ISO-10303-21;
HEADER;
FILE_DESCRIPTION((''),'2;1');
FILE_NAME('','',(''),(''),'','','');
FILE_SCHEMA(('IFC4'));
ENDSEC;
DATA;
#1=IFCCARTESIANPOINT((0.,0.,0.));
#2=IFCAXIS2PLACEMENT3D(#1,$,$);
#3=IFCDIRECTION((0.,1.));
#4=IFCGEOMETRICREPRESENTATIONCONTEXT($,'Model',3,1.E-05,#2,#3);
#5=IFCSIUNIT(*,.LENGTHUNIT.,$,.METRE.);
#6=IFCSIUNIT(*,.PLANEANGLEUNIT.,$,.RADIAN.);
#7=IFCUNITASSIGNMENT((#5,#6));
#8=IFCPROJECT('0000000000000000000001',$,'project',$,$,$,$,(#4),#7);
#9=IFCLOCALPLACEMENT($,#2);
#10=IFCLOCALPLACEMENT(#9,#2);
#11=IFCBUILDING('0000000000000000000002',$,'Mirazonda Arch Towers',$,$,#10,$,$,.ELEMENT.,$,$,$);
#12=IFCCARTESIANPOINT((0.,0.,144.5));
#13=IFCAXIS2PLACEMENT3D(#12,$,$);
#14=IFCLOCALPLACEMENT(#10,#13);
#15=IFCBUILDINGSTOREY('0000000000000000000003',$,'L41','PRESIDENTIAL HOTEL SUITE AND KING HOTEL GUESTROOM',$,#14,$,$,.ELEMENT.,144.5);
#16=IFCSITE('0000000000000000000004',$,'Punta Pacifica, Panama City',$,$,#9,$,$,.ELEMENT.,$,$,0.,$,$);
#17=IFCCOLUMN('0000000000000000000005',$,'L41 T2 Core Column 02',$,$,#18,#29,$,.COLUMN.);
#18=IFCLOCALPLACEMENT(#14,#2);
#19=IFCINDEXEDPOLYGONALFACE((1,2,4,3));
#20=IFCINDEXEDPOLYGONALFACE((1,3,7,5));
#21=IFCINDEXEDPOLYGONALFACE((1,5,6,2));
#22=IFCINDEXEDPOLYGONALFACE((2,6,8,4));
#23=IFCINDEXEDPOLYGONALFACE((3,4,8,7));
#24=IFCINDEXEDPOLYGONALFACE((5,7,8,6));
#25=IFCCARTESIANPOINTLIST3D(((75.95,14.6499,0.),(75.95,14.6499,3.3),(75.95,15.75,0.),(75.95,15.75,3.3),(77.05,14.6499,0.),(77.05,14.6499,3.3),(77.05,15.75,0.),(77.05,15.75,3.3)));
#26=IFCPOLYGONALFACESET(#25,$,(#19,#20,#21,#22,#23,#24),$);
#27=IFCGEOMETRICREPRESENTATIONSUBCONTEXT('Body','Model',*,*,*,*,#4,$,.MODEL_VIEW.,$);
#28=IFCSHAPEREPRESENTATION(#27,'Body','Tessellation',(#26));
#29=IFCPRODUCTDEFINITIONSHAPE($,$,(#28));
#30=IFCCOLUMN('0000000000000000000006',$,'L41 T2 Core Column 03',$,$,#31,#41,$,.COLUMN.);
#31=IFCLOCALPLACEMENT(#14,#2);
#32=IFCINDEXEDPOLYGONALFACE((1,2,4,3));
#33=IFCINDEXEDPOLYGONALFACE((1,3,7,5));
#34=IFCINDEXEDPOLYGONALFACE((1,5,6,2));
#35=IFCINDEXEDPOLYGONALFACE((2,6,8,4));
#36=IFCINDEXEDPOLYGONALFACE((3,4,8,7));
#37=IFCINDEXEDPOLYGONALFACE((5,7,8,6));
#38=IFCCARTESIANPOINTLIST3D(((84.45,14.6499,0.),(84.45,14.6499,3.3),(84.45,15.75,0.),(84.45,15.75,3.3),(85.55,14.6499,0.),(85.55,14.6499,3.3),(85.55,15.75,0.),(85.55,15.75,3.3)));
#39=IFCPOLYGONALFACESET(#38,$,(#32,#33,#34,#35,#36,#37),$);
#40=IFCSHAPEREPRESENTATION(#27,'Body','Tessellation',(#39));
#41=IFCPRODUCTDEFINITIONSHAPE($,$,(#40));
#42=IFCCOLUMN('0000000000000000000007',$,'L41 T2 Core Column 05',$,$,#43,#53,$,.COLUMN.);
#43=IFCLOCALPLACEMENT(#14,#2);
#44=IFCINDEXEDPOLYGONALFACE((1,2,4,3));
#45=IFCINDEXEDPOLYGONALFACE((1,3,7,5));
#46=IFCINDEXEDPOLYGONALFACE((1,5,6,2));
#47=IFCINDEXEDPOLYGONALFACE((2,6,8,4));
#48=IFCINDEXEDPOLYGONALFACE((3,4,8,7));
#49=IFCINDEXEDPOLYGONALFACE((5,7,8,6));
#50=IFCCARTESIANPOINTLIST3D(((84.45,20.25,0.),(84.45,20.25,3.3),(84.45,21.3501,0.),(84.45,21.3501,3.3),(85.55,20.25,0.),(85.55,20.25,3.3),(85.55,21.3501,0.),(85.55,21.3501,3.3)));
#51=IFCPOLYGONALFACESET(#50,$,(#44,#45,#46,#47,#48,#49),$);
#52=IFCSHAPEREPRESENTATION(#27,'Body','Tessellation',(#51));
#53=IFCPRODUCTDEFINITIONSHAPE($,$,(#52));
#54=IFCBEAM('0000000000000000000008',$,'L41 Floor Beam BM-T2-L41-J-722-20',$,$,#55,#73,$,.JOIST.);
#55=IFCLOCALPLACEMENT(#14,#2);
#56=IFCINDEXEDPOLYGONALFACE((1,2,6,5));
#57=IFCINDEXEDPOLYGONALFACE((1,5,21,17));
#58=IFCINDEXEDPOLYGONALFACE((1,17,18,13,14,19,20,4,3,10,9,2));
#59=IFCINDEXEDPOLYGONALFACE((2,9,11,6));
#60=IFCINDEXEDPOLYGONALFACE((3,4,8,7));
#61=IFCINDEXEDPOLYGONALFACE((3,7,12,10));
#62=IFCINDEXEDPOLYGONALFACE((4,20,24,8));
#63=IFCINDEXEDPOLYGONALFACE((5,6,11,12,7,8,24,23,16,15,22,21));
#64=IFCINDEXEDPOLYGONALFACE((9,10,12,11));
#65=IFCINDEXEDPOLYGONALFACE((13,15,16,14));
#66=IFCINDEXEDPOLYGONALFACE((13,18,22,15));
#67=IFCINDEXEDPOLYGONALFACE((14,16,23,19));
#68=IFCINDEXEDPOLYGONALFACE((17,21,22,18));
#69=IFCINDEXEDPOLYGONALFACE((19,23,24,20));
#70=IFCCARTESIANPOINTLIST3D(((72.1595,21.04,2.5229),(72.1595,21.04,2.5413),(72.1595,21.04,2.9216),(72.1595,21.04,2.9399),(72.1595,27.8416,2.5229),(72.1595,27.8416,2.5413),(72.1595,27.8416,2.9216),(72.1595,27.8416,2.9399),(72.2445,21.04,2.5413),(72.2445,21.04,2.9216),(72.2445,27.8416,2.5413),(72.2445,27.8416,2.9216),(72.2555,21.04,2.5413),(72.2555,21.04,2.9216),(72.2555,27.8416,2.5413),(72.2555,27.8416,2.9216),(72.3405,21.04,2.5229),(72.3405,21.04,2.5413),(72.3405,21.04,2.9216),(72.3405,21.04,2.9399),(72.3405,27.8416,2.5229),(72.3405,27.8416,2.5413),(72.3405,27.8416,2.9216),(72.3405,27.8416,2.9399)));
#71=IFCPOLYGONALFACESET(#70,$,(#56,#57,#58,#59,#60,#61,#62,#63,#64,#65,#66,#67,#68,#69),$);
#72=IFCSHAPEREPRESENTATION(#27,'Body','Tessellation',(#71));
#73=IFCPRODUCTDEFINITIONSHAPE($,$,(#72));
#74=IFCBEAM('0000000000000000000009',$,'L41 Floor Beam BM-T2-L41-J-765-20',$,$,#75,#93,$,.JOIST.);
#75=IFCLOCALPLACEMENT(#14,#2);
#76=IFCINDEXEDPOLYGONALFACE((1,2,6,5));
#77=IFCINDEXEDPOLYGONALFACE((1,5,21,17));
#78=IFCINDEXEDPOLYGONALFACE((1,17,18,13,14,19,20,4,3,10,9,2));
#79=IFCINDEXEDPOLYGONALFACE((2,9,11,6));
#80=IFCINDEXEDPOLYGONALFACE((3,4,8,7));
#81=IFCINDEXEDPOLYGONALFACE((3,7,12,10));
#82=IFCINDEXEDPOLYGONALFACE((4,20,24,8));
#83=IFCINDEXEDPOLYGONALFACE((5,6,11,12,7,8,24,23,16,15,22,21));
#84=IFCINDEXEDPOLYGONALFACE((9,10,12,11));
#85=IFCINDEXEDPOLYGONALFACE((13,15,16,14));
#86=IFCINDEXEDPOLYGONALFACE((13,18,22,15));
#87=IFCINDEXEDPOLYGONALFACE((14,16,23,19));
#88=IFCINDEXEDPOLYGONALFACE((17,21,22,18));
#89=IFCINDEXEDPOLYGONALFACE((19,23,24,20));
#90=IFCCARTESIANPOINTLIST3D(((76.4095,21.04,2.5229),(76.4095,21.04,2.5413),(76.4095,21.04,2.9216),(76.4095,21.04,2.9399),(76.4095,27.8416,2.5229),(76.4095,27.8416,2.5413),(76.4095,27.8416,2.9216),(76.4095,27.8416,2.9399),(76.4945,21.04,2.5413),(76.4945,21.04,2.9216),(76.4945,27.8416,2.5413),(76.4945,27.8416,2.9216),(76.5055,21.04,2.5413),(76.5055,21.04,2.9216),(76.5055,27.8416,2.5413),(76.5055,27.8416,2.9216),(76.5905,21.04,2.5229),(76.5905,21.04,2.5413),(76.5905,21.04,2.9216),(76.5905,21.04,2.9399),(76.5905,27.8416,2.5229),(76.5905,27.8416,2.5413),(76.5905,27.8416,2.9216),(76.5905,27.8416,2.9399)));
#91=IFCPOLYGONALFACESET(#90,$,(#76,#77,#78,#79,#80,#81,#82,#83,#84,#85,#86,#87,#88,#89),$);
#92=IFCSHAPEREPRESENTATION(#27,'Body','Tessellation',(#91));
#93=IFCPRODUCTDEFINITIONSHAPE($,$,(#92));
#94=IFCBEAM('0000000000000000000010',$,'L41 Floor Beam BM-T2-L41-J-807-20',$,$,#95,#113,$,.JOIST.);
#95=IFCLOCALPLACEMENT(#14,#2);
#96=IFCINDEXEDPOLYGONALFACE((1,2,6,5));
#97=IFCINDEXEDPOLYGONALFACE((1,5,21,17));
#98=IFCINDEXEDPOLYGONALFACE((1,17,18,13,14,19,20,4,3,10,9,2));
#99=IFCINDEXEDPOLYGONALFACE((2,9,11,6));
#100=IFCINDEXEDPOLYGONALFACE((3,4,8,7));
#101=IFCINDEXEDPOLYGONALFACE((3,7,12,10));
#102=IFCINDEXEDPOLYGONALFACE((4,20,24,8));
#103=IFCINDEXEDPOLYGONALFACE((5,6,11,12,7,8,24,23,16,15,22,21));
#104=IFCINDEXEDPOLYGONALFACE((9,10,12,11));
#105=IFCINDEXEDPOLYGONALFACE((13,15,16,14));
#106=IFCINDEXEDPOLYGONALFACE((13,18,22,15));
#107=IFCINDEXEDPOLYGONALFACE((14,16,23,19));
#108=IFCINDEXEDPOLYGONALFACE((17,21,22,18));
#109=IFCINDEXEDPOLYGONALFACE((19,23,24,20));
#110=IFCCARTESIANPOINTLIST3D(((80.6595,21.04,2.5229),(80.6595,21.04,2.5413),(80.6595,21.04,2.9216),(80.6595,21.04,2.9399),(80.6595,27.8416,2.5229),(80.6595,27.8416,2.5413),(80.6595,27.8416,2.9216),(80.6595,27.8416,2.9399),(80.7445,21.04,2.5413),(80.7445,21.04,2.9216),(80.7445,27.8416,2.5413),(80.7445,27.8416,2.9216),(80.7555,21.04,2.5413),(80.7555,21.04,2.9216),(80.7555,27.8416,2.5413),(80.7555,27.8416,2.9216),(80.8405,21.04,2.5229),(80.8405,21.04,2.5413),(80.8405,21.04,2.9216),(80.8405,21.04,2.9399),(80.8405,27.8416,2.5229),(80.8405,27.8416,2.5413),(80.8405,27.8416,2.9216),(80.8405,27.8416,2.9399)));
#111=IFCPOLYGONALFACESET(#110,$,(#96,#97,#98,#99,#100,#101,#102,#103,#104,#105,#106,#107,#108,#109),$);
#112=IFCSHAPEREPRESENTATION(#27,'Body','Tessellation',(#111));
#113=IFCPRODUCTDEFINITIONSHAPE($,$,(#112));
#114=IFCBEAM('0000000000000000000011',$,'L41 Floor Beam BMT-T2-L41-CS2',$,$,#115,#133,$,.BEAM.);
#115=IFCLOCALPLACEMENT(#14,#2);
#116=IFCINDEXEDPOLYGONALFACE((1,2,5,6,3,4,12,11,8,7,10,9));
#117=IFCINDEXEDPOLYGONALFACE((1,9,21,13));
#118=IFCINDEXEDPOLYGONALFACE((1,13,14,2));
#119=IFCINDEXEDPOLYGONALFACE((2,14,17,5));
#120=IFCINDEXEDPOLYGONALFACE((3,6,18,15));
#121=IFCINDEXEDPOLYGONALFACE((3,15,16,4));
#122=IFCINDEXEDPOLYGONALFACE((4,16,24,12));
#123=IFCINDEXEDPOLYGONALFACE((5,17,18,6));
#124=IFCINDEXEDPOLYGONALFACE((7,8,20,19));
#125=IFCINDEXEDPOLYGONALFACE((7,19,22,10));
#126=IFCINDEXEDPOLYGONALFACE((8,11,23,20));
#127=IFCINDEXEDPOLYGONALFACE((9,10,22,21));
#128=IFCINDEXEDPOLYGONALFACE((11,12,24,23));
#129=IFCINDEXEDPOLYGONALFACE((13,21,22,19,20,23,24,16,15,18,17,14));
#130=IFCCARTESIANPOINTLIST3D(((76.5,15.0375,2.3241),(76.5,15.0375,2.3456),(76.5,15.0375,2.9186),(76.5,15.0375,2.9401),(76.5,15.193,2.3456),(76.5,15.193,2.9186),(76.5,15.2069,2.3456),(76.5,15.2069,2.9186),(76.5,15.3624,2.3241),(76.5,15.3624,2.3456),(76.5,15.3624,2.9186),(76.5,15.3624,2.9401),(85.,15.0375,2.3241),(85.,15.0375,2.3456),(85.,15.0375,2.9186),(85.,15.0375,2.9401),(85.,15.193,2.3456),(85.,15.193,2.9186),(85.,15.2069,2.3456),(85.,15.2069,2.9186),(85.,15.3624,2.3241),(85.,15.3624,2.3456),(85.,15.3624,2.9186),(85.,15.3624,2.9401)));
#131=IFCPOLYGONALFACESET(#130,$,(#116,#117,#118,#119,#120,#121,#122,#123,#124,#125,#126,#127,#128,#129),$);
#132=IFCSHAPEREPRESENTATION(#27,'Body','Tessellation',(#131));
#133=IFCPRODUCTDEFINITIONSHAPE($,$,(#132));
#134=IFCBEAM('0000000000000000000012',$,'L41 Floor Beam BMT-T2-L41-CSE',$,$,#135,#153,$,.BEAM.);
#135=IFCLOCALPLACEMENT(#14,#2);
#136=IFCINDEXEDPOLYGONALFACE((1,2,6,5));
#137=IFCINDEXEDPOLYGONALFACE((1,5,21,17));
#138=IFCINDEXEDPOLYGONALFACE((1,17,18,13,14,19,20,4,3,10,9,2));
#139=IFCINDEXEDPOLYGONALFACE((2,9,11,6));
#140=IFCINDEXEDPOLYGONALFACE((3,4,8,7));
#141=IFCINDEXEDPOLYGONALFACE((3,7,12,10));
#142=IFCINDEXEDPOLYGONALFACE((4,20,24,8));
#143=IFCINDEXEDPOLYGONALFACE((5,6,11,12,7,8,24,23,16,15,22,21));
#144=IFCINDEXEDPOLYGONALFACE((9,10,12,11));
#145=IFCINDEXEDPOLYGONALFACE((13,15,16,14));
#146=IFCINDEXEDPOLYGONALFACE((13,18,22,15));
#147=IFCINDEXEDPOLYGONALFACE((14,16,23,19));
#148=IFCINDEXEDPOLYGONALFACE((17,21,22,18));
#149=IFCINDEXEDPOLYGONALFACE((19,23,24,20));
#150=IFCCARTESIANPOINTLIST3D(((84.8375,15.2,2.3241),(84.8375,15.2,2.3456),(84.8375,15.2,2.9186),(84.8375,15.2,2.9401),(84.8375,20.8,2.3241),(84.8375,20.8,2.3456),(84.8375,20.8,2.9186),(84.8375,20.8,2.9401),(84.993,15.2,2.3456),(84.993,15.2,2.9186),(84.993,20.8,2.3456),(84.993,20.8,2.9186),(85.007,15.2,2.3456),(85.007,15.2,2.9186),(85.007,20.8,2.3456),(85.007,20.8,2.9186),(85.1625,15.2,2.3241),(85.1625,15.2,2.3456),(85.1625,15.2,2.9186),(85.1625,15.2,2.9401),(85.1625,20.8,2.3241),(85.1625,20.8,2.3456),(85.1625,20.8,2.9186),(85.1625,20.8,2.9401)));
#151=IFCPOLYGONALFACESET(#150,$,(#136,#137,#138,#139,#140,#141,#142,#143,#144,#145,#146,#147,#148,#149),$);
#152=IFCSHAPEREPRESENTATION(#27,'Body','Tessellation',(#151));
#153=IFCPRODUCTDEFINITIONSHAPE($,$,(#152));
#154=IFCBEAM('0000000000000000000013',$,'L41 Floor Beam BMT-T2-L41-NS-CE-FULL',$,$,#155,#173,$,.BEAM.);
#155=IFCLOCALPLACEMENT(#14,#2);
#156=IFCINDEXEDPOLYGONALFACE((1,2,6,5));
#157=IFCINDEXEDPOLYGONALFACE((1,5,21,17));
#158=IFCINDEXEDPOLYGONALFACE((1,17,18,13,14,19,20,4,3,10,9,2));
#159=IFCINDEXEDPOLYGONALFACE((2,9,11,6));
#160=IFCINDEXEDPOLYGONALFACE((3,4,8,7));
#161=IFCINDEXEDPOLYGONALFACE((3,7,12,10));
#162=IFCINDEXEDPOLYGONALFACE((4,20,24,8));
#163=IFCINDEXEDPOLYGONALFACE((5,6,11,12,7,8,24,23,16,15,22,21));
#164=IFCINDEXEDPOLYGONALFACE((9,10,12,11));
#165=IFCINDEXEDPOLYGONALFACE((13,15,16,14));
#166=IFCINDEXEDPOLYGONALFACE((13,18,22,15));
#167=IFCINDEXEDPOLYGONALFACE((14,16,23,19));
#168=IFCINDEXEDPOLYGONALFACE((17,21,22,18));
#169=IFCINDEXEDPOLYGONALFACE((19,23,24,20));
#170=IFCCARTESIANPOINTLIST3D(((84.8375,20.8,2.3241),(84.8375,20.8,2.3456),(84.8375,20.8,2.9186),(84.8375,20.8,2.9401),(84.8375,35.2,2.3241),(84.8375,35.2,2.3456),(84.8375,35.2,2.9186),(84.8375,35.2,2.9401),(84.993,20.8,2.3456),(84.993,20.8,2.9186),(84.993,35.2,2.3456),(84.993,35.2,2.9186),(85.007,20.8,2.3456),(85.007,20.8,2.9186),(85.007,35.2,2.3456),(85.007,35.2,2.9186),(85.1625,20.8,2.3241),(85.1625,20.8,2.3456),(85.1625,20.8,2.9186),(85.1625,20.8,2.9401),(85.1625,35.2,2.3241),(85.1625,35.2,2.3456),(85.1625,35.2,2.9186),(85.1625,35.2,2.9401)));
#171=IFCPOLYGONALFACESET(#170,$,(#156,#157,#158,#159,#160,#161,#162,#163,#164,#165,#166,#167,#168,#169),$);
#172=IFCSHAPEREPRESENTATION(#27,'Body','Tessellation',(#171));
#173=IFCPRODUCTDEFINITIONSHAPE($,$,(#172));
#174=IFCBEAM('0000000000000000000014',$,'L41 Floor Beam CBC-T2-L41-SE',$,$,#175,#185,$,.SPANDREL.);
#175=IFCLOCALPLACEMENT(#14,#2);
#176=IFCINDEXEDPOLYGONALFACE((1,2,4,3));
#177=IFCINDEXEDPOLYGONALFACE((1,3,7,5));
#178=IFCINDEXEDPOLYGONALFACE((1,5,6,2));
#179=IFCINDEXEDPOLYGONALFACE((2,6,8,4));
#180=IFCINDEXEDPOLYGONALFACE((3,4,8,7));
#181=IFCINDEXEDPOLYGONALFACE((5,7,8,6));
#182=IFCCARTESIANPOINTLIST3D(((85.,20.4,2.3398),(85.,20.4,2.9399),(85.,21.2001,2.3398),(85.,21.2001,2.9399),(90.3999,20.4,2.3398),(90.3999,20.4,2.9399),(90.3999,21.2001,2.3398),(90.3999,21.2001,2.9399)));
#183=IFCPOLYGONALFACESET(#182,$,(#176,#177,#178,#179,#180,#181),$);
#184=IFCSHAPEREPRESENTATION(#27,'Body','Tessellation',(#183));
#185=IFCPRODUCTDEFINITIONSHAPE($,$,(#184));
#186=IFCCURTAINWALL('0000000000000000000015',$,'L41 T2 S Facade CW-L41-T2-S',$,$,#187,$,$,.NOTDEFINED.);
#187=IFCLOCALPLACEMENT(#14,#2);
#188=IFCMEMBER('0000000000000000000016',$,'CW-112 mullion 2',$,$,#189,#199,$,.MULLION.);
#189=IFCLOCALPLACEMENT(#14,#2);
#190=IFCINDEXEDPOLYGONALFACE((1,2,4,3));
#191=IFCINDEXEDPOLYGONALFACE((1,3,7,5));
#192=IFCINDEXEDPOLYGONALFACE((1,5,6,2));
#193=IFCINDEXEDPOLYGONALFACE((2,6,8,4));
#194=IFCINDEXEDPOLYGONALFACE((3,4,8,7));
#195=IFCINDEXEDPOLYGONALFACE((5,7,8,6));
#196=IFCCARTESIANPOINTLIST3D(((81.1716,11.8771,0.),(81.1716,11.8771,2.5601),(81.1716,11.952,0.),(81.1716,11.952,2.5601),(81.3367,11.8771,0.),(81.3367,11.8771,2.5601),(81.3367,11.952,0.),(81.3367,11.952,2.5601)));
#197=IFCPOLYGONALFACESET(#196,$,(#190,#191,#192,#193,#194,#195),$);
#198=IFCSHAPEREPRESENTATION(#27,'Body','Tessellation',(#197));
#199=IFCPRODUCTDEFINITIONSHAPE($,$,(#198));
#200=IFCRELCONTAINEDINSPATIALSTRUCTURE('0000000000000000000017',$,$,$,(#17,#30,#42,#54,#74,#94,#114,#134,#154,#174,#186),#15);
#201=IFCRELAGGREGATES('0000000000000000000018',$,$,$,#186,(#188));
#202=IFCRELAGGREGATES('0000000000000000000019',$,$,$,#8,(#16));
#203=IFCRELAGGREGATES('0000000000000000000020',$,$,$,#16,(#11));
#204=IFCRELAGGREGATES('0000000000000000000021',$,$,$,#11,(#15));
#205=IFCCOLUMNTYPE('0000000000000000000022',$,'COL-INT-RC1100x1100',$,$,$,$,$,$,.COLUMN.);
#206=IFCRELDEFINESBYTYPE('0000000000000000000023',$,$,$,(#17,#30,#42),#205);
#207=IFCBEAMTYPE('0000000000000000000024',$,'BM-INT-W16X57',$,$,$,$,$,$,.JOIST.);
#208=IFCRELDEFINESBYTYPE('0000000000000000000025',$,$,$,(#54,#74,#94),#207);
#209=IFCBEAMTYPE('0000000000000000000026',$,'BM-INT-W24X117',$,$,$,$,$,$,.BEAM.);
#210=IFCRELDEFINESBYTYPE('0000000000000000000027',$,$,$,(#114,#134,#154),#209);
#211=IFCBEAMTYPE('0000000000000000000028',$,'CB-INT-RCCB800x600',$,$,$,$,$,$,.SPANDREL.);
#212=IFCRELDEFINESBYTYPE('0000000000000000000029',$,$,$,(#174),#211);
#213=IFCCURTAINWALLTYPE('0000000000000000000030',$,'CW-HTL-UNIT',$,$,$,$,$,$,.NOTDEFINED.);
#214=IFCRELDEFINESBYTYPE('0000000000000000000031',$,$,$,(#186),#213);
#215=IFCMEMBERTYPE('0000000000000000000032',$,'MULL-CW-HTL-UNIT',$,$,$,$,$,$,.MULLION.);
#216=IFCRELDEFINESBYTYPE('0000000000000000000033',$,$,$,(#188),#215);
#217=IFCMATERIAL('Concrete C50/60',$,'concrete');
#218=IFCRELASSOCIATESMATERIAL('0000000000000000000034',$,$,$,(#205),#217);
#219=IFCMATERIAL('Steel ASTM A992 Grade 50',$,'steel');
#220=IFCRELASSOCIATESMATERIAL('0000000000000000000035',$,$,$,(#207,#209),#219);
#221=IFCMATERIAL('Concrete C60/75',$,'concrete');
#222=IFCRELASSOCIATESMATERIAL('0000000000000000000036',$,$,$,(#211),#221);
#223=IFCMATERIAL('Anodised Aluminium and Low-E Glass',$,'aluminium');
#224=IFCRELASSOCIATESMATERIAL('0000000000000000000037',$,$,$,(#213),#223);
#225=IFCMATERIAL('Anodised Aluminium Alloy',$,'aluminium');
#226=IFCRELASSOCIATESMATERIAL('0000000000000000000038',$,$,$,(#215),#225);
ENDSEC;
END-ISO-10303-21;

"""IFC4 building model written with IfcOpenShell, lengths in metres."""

from ifc_helpers import new_model, si_unit, direction, frame, origin, origin_2d, place, context, subcontext, project, spatial, rectangle, i_section, extrude, material, material_profile, profile_set, type_object, element, aggregate, save


model = new_model("IFC4")

# Units and contexts
model_context = context("Model", 3, precision=1e-05, world=origin(), true_north=direction((0.0, 1.0)))
body_context = subcontext(model_context, "Body", "Model", "MODEL_VIEW")
ifc_project = project(units=[si_unit("LENGTHUNIT", "METRE"), si_unit("PLANEANGLEUNIT", "RADIAN")], contexts=[model_context])

# Site, building, storey
site_placement = place(None, origin())
site = spatial("IfcSite", under=ifc_project, at=site_placement, Name="Punta Pacifica, Panama City", CompositionType="ELEMENT", RefElevation=0.0)
building_placement = place(site_placement, origin())
building = spatial("IfcBuilding", under=site, at=building_placement, Name="Mirazonda Arch Towers", CompositionType="ELEMENT")
storey_placement = place(building_placement, frame((0.0, 0.0, 144.5)))
storey = spatial("IfcBuildingStorey", under=building, at=storey_placement, Name="L41", Description="PRESIDENTIAL HOTEL SUITE AND KING HOTEL GUESTROOM", CompositionType="ELEMENT", Elevation=144.5)

# Columns
ifc_material_1 = material(Name="Concrete C50/60", Category="concrete")
ifc_material_profile_1 = material_profile(ifc_material_1, rectangle(XDim=1.1001, YDim=1.1001, at=origin_2d()), Name="RC1100x1100")
ifc_profile_set_1 = profile_set([ifc_material_profile_1], Name="Concrete C50/60")
column_type = type_object("IfcColumnType", Name="COL-INT-RC1100x1100", PredefinedType="COLUMN", material=ifc_profile_set_1)
for number, where, z_axis, x_axis, name in (
    (1, (76.5, 15.2, 0.0), (0.0, 0.0, 1.0), (1.0, 0.0, 0.0), "L41 T2 Core Column 02"),
    (2, (85.0, 15.2, 0.0), (0.0, 0.0, 1.0), (1.0, 0.0, 0.0), "L41 T2 Core Column 03"),
    (3, (85.0, 20.8, 0.0), (0.0, 0.0, 1.0), (1.0, 0.0, 0.0), "L41 T2 Core Column 05"),
):
    element("IfcColumn", number, at=place(storey_placement, frame(where, z_axis=z_axis, x_axis=x_axis)), inside=storey, type_object=column_type, Name=name, PredefinedType="COLUMN", context=body_context, shape_type="SweptSolid", body=[
        extrude(rectangle(XDim=1.1001, YDim=1.1001, at=origin_2d()), origin(), (0.0, 0.0, 1.0), 3.3),
    ])

# Beams
ifc_material_2 = material(Name="Steel ASTM A992 Grade 50", Category="steel")
ifc_material_profile_2 = material_profile(ifc_material_2, i_section(OverallWidth=0.1809, OverallDepth=0.417, WebThickness=0.011, FlangeThickness=0.0183, at=origin_2d()), Name="W16X57")
ifc_profile_set_2 = profile_set([ifc_material_profile_2], Name="Steel ASTM A992 Grade 50")
beam_type_1 = type_object("IfcBeamType", Name="BM-INT-W16X57", PredefinedType="JOIST", material=ifc_profile_set_2)
for number, where, z_axis, x_axis, name in (
    (4, (72.25, 21.04, 2.7314), (0.0, 1.0, 0.0), (-1.0, 0.0, 0.0), "L41 Floor Beam BM-T2-L41-J-722-20"),
    (5, (76.5, 21.04, 2.7314), (0.0, 1.0, 0.0), (-1.0, 0.0, 0.0), "L41 Floor Beam BM-T2-L41-J-765-20"),
    (6, (80.75, 21.04, 2.7314), (0.0, 1.0, 0.0), (-1.0, 0.0, 0.0), "L41 Floor Beam BM-T2-L41-J-807-20"),
):
    element("IfcBeam", number, at=place(storey_placement, frame(where, z_axis=z_axis, x_axis=x_axis)), inside=storey, type_object=beam_type_1, Name=name, PredefinedType="JOIST", context=body_context, shape_type="SweptSolid", body=[
        extrude(i_section(OverallWidth=0.1809, OverallDepth=0.417, WebThickness=0.011, FlangeThickness=0.0183, at=origin_2d()), origin(), (0.0, 0.0, 1.0), 6.8015),
    ])
ifc_material_profile_3 = material_profile(ifc_material_2, i_section(OverallWidth=0.325, OverallDepth=0.616, WebThickness=0.0139, FlangeThickness=0.0215, at=origin_2d()), Name="W24X117")
ifc_profile_set_3 = profile_set([ifc_material_profile_3], Name="Steel ASTM A992 Grade 50")
beam_type_2 = type_object("IfcBeamType", Name="BM-INT-W24X117", PredefinedType="BEAM", material=ifc_profile_set_3)
beam_1_placement = place(storey_placement, frame((76.5, 15.2, 2.6321), z_axis=(1.0, 0.0, 0.0), x_axis=(0.0, 1.0, 0.0)))
element("IfcBeam", 7, at=beam_1_placement, inside=storey, type_object=beam_type_2, Name="L41 Floor Beam BMT-T2-L41-CS2", PredefinedType="BEAM", context=body_context, shape_type="SweptSolid", body=[
    extrude(i_section(OverallWidth=0.325, OverallDepth=0.616, WebThickness=0.0139, FlangeThickness=0.0215, at=origin_2d()), origin(), (0.0, 0.0, 1.0), 8.5),
])
beam_2_placement = place(storey_placement, frame((85.0, 15.2, 2.6321), z_axis=(0.0, 1.0, 0.0), x_axis=(-1.0, 0.0, 0.0)))
element("IfcBeam", 8, at=beam_2_placement, inside=storey, type_object=beam_type_2, Name="L41 Floor Beam BMT-T2-L41-CSE", PredefinedType="BEAM", context=body_context, shape_type="SweptSolid", body=[
    extrude(i_section(OverallWidth=0.325, OverallDepth=0.616, WebThickness=0.0139, FlangeThickness=0.0215, at=origin_2d()), origin(), (0.0, 0.0, 1.0), 5.6001),
])
beam_3_placement = place(storey_placement, frame((85.0, 20.8, 2.6321), z_axis=(0.0, 1.0, 0.0), x_axis=(-1.0, 0.0, 0.0)))
element("IfcBeam", 9, at=beam_3_placement, inside=storey, type_object=beam_type_2, Name="L41 Floor Beam BMT-T2-L41-NS-CE-FULL", PredefinedType="BEAM", context=body_context, shape_type="SweptSolid", body=[
    extrude(i_section(OverallWidth=0.325, OverallDepth=0.616, WebThickness=0.0139, FlangeThickness=0.0215, at=origin_2d()), origin(), (0.0, 0.0, 1.0), 14.3999),
])
ifc_material_3 = material(Name="Concrete C60/75", Category="concrete")
ifc_material_profile_4 = material_profile(ifc_material_3, rectangle(XDim=0.8, YDim=0.6001, at=origin_2d()), Name="RCCB800x600")
ifc_profile_set_4 = profile_set([ifc_material_profile_4], Name="Concrete C60/75")
beam_type_3 = type_object("IfcBeamType", Name="CB-INT-RCCB800x600", PredefinedType="SPANDREL", material=ifc_profile_set_4)
beam_4_placement = place(storey_placement, frame((85.0, 20.8, 2.6399), z_axis=(1.0, 0.0, 0.0), x_axis=(0.0, 1.0, 0.0)))
element("IfcBeam", 10, at=beam_4_placement, inside=storey, type_object=beam_type_3, Name="L41 Floor Beam CBC-T2-L41-SE", PredefinedType="SPANDREL", context=body_context, shape_type="SweptSolid", body=[
    extrude(rectangle(XDim=0.8, YDim=0.6001, at=origin_2d()), origin(), (0.0, 0.0, 1.0), 5.3999),
])

# Curtain wall, member
ifc_material_4 = material(Name="Anodised Aluminium and Low-E Glass", Category="aluminium")
curtain_wall_type = type_object("IfcCurtainWallType", Name="CW-HTL-UNIT", PredefinedType="NOTDEFINED", material=ifc_material_4)
curtain_wall_placement = place(storey_placement, origin())
curtain_wall = element("IfcCurtainWall", 11, at=curtain_wall_placement, inside=storey, type_object=curtain_wall_type, Name="L41 T2 S Facade CW-L41-T2-S", PredefinedType="NOTDEFINED")
ifc_material_5 = material(Name="Anodised Aluminium Alloy", Category="aluminium")
ifc_material_profile_5 = material_profile(ifc_material_5, rectangle(XDim=0.075, YDim=0.165, at=origin_2d()), Name="ALU-MULL-75x165")
ifc_profile_set_5 = profile_set([ifc_material_profile_5], Name="Anodised Aluminium Alloy")
member_type_1 = type_object("IfcMemberType", Name="MULL-CW-HTL-UNIT", PredefinedType="MULLION", material=ifc_profile_set_5)
member_1_placement = place(storey_placement, frame((81.2542, 11.9146, 0.0), z_axis=(0.0, 0.0, 1.0), x_axis=(0.0, -1.0, 0.0)))
member_1 = element("IfcMember", 12, at=member_1_placement, type_object=member_type_1, Name="CW-112 mullion 2", PredefinedType="MULLION", context=body_context, shape_type="SweptSolid", body=[
    extrude(rectangle(XDim=0.075, YDim=0.165, at=origin_2d()), origin(), (0.0, 0.0, 1.0), 2.5601),
])
aggregate(curtain_wall, [member_1])

save(model, "model.ifc")
